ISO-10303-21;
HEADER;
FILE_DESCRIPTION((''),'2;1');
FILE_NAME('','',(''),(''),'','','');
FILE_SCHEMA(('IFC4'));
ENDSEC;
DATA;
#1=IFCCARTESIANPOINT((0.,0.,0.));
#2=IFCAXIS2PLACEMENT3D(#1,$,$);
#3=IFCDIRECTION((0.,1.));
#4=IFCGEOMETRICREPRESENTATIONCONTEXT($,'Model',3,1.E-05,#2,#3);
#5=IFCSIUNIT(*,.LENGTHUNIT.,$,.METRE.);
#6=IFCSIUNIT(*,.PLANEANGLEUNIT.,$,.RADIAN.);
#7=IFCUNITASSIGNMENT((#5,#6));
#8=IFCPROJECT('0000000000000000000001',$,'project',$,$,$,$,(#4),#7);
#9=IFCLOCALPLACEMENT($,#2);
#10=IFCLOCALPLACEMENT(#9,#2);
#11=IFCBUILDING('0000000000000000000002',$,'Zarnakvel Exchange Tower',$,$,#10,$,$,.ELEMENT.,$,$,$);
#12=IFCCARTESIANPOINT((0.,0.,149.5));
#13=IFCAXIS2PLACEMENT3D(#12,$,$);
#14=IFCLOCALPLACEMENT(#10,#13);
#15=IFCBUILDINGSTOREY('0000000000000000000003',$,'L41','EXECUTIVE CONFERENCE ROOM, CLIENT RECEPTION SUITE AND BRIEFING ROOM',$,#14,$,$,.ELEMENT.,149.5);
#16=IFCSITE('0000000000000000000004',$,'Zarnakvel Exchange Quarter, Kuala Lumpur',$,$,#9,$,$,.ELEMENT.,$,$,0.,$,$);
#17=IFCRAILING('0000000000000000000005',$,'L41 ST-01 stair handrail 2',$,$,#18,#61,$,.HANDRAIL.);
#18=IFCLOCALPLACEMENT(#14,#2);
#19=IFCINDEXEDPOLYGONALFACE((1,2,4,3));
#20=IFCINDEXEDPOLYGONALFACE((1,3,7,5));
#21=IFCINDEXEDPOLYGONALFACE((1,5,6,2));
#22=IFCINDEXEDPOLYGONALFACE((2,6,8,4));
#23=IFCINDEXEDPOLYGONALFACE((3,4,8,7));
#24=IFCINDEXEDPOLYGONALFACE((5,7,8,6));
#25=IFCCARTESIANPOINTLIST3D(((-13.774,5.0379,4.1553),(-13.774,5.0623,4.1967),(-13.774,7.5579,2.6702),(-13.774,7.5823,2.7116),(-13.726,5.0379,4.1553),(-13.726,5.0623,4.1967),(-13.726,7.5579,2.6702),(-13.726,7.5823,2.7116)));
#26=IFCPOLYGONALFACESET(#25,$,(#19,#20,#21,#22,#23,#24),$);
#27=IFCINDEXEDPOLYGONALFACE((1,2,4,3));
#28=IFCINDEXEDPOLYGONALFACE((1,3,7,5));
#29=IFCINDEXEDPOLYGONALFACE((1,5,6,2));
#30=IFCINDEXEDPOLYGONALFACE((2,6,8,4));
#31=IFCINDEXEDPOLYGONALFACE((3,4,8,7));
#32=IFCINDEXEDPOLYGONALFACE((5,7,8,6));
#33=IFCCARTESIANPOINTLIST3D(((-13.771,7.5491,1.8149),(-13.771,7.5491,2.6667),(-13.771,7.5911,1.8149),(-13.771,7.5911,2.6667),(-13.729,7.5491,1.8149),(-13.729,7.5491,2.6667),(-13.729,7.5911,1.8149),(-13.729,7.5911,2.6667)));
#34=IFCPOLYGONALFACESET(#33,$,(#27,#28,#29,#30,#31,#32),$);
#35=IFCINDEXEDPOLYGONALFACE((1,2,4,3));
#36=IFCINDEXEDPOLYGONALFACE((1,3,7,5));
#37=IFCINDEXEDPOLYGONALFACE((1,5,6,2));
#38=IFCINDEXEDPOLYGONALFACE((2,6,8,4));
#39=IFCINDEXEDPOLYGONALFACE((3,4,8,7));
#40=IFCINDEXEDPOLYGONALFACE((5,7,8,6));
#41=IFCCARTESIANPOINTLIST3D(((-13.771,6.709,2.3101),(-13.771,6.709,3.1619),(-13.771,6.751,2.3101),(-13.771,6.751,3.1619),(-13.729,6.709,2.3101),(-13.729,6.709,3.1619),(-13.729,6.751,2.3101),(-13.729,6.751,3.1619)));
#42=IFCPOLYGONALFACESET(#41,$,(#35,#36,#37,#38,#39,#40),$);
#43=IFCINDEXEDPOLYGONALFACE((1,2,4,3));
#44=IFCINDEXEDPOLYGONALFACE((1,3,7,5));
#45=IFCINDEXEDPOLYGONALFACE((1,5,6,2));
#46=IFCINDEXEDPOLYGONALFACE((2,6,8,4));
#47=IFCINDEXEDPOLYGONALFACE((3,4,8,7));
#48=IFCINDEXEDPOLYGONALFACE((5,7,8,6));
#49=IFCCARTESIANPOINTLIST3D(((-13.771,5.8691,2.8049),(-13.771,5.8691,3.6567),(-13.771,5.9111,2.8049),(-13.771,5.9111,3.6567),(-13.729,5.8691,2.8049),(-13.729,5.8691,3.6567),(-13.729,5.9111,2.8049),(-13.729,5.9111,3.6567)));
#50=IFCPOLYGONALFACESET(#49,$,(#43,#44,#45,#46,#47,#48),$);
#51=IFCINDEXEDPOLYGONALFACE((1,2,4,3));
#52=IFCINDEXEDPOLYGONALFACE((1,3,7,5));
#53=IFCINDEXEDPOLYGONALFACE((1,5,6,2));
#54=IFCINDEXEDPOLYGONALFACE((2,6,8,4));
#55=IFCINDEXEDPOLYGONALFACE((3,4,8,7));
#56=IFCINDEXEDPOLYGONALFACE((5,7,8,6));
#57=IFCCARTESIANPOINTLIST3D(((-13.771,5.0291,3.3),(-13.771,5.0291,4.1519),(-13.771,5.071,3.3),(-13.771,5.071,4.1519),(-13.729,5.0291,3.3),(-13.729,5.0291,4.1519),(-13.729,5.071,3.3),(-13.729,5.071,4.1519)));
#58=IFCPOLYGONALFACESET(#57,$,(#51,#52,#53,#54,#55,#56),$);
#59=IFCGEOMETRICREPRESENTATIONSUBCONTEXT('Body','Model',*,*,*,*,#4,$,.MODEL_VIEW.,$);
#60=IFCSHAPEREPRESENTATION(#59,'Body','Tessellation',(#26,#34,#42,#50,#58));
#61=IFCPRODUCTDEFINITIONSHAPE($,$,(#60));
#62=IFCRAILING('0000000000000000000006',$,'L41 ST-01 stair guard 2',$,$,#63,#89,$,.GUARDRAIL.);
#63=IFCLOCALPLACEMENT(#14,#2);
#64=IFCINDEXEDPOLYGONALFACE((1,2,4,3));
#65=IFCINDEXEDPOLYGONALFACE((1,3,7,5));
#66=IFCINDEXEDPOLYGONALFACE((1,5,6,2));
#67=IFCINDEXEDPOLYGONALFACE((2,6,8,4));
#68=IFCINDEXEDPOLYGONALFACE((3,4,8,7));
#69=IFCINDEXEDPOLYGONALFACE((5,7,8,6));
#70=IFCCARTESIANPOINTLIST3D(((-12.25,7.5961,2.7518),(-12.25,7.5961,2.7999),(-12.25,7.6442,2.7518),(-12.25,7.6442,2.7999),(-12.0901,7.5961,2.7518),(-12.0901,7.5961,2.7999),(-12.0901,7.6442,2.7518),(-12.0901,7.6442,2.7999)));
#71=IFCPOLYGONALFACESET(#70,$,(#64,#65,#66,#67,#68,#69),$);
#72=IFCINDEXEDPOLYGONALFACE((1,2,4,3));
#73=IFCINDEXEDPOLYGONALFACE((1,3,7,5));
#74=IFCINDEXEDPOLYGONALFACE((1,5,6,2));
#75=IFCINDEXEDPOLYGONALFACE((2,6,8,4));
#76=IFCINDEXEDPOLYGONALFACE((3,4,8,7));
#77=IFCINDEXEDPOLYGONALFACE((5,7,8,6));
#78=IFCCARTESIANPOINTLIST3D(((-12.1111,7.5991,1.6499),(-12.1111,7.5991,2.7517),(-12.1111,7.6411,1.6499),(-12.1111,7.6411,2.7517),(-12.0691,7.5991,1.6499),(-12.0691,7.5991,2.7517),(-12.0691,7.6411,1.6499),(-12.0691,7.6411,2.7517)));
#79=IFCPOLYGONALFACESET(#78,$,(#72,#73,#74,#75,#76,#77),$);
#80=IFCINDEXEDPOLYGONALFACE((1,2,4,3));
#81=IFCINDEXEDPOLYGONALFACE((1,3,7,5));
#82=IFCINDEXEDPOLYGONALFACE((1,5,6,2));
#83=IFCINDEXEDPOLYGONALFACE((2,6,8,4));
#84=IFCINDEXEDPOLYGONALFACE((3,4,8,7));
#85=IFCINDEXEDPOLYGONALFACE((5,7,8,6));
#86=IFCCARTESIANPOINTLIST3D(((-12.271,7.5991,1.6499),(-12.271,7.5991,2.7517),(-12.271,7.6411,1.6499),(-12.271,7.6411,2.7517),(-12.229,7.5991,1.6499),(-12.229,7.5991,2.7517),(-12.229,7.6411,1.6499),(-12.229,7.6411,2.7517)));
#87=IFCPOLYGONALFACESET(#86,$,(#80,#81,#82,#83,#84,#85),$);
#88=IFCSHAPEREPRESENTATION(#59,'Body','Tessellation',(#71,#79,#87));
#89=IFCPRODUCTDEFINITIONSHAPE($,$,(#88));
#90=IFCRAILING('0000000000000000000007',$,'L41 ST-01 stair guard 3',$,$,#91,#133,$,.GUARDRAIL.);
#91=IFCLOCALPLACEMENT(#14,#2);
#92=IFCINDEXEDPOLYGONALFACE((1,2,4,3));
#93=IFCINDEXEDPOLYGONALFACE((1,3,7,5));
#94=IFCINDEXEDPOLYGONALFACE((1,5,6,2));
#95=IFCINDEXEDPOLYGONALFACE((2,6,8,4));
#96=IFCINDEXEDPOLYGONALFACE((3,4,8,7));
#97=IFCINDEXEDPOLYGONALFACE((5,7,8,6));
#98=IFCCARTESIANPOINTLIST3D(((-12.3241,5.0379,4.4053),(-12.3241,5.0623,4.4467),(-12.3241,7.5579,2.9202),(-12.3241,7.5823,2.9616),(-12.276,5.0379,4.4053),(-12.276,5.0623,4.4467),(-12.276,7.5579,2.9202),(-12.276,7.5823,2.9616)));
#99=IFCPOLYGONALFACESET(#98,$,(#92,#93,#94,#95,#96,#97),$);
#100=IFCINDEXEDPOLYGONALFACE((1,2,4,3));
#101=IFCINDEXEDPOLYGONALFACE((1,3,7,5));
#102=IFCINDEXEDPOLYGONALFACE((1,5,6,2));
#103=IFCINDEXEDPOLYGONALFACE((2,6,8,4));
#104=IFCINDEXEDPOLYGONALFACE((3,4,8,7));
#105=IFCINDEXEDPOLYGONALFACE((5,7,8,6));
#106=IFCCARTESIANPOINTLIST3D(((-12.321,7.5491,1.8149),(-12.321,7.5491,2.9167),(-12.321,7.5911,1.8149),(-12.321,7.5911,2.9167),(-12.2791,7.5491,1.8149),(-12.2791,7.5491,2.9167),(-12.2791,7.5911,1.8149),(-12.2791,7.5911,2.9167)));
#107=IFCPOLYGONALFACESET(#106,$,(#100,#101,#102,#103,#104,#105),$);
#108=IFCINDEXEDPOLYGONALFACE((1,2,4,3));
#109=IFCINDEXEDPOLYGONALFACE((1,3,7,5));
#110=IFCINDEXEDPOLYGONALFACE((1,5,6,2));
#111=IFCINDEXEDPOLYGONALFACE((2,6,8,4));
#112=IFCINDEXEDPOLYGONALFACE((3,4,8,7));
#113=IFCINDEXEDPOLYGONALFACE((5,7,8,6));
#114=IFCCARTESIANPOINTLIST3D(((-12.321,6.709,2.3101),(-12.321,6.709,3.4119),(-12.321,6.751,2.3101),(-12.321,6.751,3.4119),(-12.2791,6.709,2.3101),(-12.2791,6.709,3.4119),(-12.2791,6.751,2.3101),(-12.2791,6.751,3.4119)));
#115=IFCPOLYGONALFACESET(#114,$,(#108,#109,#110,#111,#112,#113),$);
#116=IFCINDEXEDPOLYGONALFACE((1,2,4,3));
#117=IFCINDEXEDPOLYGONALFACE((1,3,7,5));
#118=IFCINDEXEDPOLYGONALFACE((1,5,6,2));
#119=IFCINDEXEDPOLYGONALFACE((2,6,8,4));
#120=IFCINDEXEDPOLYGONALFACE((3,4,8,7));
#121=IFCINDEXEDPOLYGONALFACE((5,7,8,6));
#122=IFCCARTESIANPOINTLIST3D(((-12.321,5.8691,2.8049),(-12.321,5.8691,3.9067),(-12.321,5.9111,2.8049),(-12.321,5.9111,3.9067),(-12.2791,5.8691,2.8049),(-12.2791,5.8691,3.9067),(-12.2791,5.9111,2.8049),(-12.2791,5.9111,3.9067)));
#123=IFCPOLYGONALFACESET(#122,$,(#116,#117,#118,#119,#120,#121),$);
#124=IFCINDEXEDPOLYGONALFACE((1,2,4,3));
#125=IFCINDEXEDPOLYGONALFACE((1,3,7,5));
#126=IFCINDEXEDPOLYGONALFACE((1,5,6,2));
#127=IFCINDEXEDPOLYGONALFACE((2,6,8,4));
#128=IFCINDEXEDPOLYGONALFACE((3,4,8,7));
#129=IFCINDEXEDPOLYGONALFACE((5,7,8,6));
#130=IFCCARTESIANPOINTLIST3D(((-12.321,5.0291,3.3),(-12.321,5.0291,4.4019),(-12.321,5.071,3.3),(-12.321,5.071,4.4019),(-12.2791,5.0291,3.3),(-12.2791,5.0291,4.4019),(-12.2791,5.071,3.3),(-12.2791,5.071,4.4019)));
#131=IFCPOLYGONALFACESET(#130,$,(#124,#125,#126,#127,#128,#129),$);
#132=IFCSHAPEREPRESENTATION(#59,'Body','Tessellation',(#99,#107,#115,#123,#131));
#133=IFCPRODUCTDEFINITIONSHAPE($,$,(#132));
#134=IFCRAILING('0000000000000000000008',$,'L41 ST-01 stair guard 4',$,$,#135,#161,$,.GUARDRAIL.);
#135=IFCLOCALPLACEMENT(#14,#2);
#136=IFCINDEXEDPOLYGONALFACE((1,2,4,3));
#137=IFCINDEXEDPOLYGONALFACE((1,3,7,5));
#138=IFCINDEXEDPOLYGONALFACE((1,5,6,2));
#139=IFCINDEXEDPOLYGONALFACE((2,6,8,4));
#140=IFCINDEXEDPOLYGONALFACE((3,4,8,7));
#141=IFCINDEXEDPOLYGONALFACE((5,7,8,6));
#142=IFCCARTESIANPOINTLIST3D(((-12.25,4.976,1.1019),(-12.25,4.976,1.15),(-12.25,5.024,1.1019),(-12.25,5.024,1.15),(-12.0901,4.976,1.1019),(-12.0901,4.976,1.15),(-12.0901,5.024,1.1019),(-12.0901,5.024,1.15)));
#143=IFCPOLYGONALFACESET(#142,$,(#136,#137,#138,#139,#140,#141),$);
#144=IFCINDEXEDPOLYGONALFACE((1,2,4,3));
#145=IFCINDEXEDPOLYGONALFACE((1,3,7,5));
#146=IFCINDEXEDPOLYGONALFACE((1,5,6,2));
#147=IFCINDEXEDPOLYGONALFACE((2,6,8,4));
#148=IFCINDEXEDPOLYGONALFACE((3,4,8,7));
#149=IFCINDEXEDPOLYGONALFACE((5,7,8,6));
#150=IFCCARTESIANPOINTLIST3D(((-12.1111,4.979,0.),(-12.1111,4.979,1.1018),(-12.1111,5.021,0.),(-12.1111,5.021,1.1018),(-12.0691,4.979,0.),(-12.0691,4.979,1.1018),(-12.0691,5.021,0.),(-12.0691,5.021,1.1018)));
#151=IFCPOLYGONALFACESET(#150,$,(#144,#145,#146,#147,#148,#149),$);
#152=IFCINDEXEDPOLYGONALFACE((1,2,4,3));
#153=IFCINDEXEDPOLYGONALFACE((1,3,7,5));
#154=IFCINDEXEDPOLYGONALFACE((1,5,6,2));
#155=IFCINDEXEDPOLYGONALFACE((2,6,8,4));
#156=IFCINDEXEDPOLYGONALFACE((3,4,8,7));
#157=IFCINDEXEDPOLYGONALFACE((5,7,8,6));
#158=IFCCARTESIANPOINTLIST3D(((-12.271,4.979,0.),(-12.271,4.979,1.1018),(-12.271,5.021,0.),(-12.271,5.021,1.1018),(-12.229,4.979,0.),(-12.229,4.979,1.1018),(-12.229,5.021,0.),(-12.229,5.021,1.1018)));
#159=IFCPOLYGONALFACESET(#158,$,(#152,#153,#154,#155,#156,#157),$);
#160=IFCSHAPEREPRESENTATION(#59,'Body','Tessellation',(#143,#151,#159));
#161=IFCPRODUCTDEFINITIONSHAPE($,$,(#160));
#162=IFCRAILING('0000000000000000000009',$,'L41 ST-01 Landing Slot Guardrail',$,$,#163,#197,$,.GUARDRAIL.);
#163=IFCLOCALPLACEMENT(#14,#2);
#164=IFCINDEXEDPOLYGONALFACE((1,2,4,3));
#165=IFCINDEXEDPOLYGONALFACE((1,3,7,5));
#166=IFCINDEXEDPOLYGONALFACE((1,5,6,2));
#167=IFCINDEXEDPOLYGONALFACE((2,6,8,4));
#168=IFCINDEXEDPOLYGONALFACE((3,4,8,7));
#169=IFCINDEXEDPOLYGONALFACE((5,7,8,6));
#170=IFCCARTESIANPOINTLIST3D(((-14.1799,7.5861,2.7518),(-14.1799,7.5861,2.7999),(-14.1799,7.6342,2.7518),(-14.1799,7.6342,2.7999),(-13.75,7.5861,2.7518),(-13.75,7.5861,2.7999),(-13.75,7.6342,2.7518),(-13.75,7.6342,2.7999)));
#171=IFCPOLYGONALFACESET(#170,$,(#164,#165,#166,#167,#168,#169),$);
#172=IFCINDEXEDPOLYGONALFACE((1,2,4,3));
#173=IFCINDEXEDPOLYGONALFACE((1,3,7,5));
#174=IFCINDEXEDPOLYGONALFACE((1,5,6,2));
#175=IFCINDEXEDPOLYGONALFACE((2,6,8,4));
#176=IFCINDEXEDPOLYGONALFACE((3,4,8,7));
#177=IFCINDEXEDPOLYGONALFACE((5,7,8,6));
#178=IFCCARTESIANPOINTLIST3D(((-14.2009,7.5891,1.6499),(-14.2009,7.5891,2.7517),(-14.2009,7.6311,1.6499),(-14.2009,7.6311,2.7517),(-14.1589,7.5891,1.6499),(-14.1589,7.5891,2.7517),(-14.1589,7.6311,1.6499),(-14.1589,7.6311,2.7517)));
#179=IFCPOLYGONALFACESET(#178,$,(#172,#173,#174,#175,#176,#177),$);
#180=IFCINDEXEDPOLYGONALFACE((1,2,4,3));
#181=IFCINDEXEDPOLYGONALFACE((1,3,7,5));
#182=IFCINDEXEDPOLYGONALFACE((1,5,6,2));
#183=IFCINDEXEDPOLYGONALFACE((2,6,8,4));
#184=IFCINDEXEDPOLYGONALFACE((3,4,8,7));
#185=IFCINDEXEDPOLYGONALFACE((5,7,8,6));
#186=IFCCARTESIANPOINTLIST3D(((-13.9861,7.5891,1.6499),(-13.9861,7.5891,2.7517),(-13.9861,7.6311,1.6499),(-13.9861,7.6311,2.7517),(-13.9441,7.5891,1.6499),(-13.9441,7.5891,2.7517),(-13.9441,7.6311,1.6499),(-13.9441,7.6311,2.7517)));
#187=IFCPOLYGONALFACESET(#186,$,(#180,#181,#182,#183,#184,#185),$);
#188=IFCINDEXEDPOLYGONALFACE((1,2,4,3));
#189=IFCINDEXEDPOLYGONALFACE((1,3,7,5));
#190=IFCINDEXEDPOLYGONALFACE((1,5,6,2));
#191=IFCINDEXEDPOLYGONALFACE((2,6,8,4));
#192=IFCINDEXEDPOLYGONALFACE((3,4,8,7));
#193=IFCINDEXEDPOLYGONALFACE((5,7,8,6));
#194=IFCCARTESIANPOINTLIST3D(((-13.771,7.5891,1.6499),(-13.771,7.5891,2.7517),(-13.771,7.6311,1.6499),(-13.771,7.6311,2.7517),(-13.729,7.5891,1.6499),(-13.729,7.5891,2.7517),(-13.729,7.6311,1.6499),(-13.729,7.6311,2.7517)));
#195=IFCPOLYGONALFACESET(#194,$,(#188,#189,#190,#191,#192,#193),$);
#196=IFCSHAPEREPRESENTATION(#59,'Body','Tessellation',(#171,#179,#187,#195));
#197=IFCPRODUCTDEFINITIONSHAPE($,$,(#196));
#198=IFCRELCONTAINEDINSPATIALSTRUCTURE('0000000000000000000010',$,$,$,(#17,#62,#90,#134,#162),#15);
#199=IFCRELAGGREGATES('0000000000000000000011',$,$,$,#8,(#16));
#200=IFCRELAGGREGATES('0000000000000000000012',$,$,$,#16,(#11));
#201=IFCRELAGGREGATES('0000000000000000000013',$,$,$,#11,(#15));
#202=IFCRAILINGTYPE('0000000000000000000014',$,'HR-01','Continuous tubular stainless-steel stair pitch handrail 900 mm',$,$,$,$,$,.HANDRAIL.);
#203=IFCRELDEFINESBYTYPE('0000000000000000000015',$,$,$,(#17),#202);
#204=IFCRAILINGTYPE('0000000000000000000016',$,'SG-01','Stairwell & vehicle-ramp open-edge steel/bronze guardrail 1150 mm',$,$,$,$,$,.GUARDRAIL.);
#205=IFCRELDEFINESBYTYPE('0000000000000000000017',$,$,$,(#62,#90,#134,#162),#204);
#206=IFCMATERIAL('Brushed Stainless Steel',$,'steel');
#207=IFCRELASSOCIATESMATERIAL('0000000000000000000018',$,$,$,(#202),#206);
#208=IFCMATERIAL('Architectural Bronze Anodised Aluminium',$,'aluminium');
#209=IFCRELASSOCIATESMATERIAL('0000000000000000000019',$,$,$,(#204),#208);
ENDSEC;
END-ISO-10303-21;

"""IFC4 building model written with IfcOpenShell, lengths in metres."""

from ifc_helpers import new_model, si_unit, direction, frame, origin, origin_2d, place, context, subcontext, project, spatial, rectangle, extrude, material, type_object, element, save


model = new_model("IFC4")

# Units and contexts
model_context = context("Model", 3, precision=1e-05, world=origin(), true_north=direction((0.0, 1.0)))
body_context = subcontext(model_context, "Body", "Model", "MODEL_VIEW")
ifc_project = project(units=[si_unit("LENGTHUNIT", "METRE"), si_unit("PLANEANGLEUNIT", "RADIAN")], contexts=[model_context])

# Site, building, storey
site_placement = place(None, origin())
site = spatial("IfcSite", under=ifc_project, at=site_placement, Name="Zarnakvel Exchange Quarter, Kuala Lumpur", CompositionType="ELEMENT", RefElevation=0.0)
building_placement = place(site_placement, origin())
building = spatial("IfcBuilding", under=site, at=building_placement, Name="Zarnakvel Exchange Tower", CompositionType="ELEMENT")
storey_placement = place(building_placement, frame((0.0, 0.0, 149.5)))
storey = spatial("IfcBuildingStorey", under=building, at=storey_placement, Name="L41", Description="EXECUTIVE CONFERENCE ROOM, CLIENT RECEPTION SUITE AND BRIEFING ROOM", CompositionType="ELEMENT", Elevation=149.5)

# Shared definitions
ifc_material_1 = material(Name="Architectural Bronze Anodised Aluminium", Category="aluminium")

# Railings
ifc_material_2 = material(Name="Brushed Stainless Steel", Category="steel")
railing_type_1 = type_object("IfcRailingType", Name="HR-01", Description="Continuous tubular stainless-steel stair pitch handrail 900 mm", PredefinedType="HANDRAIL", material=ifc_material_2)
railing_1_placement = place(storey_placement, frame((-13.75, 7.5701, 1.8149)))
element("IfcRailing", 1, at=railing_1_placement, inside=storey, type_object=railing_type_1, Name="L41 ST-01 stair handrail 2", PredefinedType="HANDRAIL", context=body_context, shape_type="SweptSolid", body=[
    extrude(rectangle(XDim=0.0481, YDim=0.0481, at=origin_2d()), frame((0.0, 0.0, 0.876), z_axis=(0.0, -0.861524, 0.507717), x_axis=(1.0, 0.0, 0.0)), (0.0, 0.0, 1.0), 2.925),
    extrude(rectangle(XDim=0.042, YDim=0.042, at=origin_2d()), origin(), (0.0, 0.0, 1.0), 0.8518),
    extrude(rectangle(XDim=0.042, YDim=0.042, at=origin_2d()), frame((0.0, -0.8401, 0.4951)), (0.0, 0.0, 1.0), 0.8518),
    extrude(rectangle(XDim=0.042, YDim=0.042, at=origin_2d()), frame((0.0, -1.6799, 0.99)), (0.0, 0.0, 1.0), 0.8518),
    extrude(rectangle(XDim=0.042, YDim=0.042, at=origin_2d()), frame((0.0, -2.52, 1.4851)), (0.0, 0.0, 1.0), 0.8518),
])
railing_type_2 = type_object("IfcRailingType", Name="SG-01", Description="Stairwell & vehicle-ramp open-edge steel/bronze guardrail 1150 mm", PredefinedType="GUARDRAIL", material=ifc_material_1)
railing_2_placement = place(storey_placement, frame((-12.0901, 7.6201, 1.6499)))
element("IfcRailing", 2, at=railing_2_placement, inside=storey, type_object=railing_type_2, Name="L41 ST-01 stair guard 2", PredefinedType="GUARDRAIL", context=body_context, shape_type="SweptSolid", body=[
    extrude(rectangle(XDim=0.0481, YDim=0.0481, at=origin_2d()), frame((0.0, 0.0, 1.126), z_axis=(-1.0, 0.0, 0.0), x_axis=(0.0, -1.0, 0.0)), (0.0, 0.0, 1.0), 0.1599),
    extrude(rectangle(XDim=0.042, YDim=0.042, at=origin_2d()), origin(), (0.0, 0.0, 1.0), 1.1018),
    extrude(rectangle(XDim=0.042, YDim=0.042, at=origin_2d()), frame((-0.1599, 0.0, 0.0)), (0.0, 0.0, 1.0), 1.1018),
])
railing_3_placement = place(storey_placement, frame((-12.3, 7.5701, 1.8149)))
element("IfcRailing", 3, at=railing_3_placement, inside=storey, type_object=railing_type_2, Name="L41 ST-01 stair guard 3", PredefinedType="GUARDRAIL", context=body_context, shape_type="SweptSolid", body=[
    extrude(rectangle(XDim=0.0481, YDim=0.0481, at=origin_2d()), frame((0.0, 0.0, 1.126), z_axis=(0.0, -0.861524, 0.507717), x_axis=(1.0, 0.0, 0.0)), (0.0, 0.0, 1.0), 2.925),
    extrude(rectangle(XDim=0.042, YDim=0.042, at=origin_2d()), origin(), (0.0, 0.0, 1.0), 1.1018),
    extrude(rectangle(XDim=0.042, YDim=0.042, at=origin_2d()), frame((0.0, -0.8401, 0.4951)), (0.0, 0.0, 1.0), 1.1018),
    extrude(rectangle(XDim=0.042, YDim=0.042, at=origin_2d()), frame((0.0, -1.6799, 0.99)), (0.0, 0.0, 1.0), 1.1018),
    extrude(rectangle(XDim=0.042, YDim=0.042, at=origin_2d()), frame((0.0, -2.52, 1.4851)), (0.0, 0.0, 1.0), 1.1018),
])
railing_4_placement = place(storey_placement, frame((-12.0901, 5.0, 0.0)))
element("IfcRailing", 4, at=railing_4_placement, inside=storey, type_object=railing_type_2, Name="L41 ST-01 stair guard 4", PredefinedType="GUARDRAIL", context=body_context, shape_type="SweptSolid", body=[
    extrude(rectangle(XDim=0.0481, YDim=0.0481, at=origin_2d()), frame((0.0, 0.0, 1.126), z_axis=(-1.0, 0.0, 0.0), x_axis=(0.0, -1.0, 0.0)), (0.0, 0.0, 1.0), 0.1599),
    extrude(rectangle(XDim=0.042, YDim=0.042, at=origin_2d()), origin(), (0.0, 0.0, 1.0), 1.1018),
    extrude(rectangle(XDim=0.042, YDim=0.042, at=origin_2d()), frame((-0.1599, 0.0, 0.0)), (0.0, 0.0, 1.0), 1.1018),
])
railing_5_placement = place(storey_placement, frame((-14.1799, 7.6101, 1.6499)))
element("IfcRailing", 5, at=railing_5_placement, inside=storey, type_object=railing_type_2, Name="L41 ST-01 Landing Slot Guardrail", PredefinedType="GUARDRAIL", context=body_context, shape_type="SweptSolid", body=[
    extrude(rectangle(XDim=0.0481, YDim=0.0481, at=origin_2d()), frame((0.0, 0.0, 1.126), z_axis=(1.0, 0.0, 0.0), x_axis=(0.0, 1.0, 0.0)), (0.0, 0.0, 1.0), 0.4299),
    extrude(rectangle(XDim=0.042, YDim=0.042, at=origin_2d()), origin(), (0.0, 0.0, 1.0), 1.1018),
    extrude(rectangle(XDim=0.042, YDim=0.042, at=origin_2d()), frame((0.2148, 0.0, 0.0)), (0.0, 0.0, 1.0), 1.1018),
    extrude(rectangle(XDim=0.042, YDim=0.042, at=origin_2d()), frame((0.4299, 0.0, 0.0)), (0.0, 0.0, 1.0), 1.1018),
])

save(model, "model.ifc")
